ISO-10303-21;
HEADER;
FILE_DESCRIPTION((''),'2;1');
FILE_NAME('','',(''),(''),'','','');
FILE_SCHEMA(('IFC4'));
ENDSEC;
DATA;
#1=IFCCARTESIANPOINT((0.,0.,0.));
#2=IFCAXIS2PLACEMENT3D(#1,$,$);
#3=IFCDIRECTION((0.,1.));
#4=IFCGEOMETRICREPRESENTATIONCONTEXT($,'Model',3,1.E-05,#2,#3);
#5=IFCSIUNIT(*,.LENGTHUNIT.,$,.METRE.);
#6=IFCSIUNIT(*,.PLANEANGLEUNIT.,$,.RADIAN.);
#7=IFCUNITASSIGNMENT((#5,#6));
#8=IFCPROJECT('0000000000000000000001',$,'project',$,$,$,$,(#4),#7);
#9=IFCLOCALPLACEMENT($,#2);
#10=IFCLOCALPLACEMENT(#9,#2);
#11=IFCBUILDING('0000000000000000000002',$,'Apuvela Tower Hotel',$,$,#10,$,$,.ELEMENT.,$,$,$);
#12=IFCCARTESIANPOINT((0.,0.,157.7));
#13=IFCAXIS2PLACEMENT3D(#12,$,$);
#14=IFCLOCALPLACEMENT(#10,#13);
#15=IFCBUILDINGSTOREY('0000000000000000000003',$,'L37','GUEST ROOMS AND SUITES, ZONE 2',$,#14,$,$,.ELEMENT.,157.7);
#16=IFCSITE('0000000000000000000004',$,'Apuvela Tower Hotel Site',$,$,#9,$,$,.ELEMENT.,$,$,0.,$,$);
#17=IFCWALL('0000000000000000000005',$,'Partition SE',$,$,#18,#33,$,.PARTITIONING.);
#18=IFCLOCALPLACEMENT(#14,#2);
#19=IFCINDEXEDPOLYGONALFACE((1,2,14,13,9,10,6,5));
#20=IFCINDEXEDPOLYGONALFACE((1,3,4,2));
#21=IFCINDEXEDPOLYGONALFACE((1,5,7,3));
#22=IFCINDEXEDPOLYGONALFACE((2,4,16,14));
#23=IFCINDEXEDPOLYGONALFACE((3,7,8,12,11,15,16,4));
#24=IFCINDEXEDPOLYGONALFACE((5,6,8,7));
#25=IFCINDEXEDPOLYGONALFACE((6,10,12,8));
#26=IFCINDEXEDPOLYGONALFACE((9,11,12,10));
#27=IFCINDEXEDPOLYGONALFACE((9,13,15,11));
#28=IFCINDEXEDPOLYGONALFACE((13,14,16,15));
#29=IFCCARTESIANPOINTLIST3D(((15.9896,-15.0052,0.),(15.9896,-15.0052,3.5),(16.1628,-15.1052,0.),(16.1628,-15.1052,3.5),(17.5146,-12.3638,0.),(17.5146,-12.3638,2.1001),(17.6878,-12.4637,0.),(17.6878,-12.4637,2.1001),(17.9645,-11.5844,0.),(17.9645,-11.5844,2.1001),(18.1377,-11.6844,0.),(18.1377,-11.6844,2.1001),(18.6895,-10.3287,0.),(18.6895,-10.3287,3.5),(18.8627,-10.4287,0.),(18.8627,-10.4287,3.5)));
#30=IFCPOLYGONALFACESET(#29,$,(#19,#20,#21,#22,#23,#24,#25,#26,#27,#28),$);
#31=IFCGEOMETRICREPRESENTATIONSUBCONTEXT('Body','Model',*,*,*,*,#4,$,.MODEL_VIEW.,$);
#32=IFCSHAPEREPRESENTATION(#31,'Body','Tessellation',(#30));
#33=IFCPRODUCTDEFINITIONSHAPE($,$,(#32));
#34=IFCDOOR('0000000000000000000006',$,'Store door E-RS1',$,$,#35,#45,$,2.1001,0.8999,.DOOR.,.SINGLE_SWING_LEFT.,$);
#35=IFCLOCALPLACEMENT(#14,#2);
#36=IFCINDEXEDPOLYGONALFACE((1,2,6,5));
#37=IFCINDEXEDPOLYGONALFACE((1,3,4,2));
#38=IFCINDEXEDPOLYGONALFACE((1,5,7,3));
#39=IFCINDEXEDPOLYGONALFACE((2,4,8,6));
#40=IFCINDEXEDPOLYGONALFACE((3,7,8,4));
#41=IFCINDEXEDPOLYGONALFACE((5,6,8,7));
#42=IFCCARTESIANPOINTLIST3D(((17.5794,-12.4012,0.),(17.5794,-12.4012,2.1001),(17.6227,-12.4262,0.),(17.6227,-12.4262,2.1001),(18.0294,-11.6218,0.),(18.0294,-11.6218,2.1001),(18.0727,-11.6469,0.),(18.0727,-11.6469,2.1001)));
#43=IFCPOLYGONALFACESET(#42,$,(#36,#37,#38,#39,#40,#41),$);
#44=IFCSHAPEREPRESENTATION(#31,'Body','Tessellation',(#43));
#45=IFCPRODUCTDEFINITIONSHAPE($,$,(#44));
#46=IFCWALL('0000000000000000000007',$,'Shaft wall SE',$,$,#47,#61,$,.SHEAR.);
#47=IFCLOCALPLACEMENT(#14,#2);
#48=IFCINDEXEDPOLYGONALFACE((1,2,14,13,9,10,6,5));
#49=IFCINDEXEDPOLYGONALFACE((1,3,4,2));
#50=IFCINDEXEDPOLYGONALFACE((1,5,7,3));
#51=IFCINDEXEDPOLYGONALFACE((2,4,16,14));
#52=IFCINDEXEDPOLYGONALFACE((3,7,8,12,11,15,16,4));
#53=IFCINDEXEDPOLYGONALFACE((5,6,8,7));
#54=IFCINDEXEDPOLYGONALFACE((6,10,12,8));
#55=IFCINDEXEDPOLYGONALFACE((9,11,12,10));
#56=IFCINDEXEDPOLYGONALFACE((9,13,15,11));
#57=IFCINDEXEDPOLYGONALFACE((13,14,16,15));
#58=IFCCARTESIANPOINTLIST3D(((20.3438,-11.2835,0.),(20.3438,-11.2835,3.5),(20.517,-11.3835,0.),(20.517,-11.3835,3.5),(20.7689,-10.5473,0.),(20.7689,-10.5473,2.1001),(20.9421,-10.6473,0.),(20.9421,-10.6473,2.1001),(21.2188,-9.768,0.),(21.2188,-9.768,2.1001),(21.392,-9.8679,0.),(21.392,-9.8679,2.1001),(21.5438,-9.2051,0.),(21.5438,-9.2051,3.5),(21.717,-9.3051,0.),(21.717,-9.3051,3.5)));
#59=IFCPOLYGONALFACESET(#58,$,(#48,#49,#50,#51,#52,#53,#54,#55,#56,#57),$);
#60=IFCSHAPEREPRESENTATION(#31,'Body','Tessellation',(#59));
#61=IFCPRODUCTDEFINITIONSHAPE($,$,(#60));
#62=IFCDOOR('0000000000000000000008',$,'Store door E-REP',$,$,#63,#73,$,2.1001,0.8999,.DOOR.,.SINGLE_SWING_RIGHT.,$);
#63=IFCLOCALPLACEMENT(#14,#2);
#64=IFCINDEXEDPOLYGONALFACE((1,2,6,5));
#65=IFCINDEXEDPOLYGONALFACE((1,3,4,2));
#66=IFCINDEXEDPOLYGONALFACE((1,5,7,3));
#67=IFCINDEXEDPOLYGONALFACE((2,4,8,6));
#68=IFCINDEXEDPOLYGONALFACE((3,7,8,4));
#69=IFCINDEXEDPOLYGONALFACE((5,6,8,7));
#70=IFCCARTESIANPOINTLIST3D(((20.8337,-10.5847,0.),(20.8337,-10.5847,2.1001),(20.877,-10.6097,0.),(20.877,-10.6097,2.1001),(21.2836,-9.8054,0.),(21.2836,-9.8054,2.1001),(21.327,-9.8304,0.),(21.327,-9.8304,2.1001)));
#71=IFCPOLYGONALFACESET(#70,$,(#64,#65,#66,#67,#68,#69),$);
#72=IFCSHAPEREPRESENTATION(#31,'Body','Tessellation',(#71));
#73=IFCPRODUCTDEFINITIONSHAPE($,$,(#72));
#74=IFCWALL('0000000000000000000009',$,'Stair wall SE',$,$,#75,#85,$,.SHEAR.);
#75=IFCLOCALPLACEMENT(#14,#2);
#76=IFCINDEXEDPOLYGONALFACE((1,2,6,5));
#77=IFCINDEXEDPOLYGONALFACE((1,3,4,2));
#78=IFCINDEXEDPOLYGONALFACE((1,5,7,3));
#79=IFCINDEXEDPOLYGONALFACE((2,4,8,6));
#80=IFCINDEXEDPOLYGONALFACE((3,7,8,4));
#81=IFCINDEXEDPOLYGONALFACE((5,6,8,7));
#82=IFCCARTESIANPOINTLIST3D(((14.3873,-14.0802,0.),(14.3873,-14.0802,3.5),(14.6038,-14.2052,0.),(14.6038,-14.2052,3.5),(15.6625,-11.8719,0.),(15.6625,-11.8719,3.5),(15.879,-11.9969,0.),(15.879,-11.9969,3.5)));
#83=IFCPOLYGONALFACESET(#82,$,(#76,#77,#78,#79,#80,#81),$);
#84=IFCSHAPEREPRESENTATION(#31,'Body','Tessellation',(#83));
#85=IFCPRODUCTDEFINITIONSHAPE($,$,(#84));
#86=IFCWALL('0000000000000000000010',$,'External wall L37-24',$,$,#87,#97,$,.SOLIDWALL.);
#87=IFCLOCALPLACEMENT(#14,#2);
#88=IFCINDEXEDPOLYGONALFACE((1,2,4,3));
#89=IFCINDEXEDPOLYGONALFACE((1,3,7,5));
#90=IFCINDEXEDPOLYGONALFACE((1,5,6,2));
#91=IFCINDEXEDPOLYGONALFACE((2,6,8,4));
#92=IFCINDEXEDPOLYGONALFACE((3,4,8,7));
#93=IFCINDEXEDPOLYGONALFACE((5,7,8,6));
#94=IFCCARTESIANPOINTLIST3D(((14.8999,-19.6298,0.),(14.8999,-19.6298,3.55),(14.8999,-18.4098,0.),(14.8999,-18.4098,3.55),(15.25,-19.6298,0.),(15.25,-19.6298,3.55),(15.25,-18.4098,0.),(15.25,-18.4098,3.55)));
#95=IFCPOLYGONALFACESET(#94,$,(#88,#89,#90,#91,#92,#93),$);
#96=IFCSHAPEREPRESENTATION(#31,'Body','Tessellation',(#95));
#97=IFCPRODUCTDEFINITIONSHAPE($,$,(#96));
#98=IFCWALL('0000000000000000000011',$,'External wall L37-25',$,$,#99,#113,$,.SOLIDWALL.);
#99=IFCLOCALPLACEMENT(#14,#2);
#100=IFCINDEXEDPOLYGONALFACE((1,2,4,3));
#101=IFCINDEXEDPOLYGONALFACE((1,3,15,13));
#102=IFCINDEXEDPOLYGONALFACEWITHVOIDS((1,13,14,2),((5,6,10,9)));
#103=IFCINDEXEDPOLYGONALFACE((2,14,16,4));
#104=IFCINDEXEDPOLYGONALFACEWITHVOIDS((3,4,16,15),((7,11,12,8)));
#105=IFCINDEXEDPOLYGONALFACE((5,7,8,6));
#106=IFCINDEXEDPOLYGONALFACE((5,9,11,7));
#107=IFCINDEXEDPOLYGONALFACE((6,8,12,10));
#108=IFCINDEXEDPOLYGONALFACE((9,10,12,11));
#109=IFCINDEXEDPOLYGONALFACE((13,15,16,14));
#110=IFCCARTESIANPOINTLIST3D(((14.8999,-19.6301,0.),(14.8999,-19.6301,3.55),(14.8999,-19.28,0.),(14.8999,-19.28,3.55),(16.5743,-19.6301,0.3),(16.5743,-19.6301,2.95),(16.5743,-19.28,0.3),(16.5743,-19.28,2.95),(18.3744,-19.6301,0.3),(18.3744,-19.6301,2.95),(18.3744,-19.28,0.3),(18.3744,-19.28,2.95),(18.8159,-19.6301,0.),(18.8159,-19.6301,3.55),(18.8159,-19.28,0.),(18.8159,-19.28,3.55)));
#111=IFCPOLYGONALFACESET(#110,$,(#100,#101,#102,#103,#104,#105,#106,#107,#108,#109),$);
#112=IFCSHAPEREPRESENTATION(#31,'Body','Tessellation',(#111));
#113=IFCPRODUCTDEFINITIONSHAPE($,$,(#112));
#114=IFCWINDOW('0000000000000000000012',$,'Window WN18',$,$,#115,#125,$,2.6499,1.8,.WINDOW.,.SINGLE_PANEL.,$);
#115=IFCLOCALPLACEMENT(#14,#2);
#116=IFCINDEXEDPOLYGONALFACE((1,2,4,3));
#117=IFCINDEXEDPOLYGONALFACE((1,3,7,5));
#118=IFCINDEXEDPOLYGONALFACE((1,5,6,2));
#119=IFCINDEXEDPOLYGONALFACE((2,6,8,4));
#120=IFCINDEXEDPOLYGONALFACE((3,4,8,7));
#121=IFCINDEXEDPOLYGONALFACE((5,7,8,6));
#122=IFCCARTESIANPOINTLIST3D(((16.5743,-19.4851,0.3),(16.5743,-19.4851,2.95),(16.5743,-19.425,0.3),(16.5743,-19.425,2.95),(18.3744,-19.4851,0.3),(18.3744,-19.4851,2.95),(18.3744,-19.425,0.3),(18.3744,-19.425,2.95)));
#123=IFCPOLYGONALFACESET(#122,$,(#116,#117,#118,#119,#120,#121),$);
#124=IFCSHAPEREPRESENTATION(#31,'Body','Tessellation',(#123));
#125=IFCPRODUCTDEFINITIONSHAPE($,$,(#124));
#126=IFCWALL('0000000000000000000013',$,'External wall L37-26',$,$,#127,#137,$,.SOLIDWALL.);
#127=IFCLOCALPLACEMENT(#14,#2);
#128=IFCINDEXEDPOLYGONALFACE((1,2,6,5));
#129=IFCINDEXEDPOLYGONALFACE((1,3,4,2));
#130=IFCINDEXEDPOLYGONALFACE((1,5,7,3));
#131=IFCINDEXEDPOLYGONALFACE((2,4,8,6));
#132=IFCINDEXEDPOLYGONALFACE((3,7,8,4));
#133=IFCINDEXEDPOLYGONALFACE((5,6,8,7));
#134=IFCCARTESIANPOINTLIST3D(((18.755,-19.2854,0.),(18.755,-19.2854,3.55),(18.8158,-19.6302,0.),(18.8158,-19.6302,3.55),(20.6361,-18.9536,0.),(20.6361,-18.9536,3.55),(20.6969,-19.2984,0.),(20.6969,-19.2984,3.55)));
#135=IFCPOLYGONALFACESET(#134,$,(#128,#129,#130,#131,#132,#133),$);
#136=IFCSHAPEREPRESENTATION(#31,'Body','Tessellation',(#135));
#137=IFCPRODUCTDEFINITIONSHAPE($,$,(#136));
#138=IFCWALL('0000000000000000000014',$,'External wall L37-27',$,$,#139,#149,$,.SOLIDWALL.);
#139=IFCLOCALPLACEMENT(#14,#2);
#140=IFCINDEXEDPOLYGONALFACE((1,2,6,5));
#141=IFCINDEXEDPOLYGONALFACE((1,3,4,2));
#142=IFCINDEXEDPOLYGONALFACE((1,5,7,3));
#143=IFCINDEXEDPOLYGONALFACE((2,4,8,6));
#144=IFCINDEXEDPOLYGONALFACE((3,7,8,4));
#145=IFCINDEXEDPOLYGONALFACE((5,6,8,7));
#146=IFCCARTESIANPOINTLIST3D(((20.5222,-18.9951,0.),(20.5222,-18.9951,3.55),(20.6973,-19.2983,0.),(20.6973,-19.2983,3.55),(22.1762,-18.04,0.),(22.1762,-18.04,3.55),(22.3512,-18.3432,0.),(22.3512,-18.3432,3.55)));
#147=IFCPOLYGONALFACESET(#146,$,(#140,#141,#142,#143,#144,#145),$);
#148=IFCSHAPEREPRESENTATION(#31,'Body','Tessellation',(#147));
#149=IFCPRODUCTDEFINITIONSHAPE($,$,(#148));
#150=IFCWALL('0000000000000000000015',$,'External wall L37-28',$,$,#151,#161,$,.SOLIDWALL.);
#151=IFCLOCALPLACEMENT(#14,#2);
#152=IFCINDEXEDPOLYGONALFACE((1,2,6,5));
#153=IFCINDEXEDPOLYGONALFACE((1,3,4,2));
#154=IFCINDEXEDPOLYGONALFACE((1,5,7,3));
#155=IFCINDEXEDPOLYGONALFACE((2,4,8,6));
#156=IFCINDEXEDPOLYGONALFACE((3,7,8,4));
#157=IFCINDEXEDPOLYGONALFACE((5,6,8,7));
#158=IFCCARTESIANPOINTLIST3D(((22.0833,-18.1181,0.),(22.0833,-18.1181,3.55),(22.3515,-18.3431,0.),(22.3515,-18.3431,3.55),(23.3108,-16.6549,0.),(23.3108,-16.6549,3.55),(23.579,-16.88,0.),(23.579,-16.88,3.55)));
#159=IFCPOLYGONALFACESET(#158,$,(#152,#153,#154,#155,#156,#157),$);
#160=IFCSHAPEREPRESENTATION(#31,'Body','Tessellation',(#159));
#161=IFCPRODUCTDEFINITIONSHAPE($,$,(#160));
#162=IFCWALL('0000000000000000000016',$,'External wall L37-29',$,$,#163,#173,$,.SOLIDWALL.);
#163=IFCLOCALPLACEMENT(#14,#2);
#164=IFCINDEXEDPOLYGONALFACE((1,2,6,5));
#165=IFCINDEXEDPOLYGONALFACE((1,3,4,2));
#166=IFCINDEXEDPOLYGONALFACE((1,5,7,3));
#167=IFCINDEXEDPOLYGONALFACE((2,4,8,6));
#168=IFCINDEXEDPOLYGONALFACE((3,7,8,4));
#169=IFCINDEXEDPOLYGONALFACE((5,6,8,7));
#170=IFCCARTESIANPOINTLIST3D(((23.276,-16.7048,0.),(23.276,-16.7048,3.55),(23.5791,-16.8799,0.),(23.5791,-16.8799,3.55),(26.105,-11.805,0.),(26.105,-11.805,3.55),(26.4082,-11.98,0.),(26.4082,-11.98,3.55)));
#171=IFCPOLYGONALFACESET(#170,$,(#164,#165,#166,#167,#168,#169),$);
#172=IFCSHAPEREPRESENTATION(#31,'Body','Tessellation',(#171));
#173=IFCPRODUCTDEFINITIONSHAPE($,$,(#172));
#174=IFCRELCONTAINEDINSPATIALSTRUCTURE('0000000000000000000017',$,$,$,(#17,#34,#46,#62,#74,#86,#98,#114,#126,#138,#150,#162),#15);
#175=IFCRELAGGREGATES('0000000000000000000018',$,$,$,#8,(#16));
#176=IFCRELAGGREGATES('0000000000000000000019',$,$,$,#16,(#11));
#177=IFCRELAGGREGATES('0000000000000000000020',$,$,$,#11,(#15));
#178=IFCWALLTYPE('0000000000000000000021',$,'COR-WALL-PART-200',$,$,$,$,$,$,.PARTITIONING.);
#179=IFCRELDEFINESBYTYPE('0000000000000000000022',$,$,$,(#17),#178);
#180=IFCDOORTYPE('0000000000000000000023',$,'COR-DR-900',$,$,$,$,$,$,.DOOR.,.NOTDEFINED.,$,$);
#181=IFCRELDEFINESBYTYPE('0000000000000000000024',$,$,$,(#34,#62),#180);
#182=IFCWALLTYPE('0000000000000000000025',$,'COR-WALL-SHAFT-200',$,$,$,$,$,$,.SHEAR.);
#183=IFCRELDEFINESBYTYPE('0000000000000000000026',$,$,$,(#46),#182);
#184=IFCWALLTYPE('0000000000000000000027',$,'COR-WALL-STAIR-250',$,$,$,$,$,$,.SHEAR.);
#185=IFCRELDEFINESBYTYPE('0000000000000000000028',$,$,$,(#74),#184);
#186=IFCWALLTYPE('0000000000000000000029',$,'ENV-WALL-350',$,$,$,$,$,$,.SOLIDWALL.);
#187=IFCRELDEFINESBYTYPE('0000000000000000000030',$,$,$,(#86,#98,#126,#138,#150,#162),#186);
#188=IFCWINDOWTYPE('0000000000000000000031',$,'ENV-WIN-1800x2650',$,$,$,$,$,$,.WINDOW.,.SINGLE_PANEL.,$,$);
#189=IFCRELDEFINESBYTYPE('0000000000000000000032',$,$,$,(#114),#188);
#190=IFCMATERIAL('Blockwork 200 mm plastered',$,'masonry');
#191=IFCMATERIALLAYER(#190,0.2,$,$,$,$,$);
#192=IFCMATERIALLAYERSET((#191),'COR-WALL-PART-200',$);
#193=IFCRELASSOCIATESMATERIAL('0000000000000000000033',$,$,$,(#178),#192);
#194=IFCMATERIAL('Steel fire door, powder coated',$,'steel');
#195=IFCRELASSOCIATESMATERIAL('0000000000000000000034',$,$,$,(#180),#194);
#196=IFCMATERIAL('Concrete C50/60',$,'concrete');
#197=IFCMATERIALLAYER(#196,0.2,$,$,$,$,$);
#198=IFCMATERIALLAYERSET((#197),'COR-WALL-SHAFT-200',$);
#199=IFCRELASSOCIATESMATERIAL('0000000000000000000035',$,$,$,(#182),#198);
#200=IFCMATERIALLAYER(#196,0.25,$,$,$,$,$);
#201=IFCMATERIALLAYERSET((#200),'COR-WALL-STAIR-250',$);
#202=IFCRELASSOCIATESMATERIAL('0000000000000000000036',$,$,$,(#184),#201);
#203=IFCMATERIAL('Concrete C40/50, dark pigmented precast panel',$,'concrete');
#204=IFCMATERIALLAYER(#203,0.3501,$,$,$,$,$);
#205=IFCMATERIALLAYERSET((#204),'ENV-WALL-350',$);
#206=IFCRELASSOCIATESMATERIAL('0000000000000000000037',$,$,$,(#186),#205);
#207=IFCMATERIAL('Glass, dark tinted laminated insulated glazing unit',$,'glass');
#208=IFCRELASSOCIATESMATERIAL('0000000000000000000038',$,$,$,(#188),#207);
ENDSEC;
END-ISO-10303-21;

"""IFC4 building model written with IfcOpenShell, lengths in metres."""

from ifc_helpers import new_model, si_unit, direction, frame, frame_2d, origin, place, context, subcontext, project, spatial, rectangle, extrude, material, layer, layer_set, type_object, element, fill, save


model = new_model("IFC4")

# Units and contexts
model_context = context("Model", 3, precision=1e-05, world=origin(), true_north=direction((0.0, 1.0)))
body_context = subcontext(model_context, "Body", "Model", "MODEL_VIEW")
ifc_project = project(units=[si_unit("LENGTHUNIT", "METRE"), si_unit("PLANEANGLEUNIT", "RADIAN")], contexts=[model_context])

# Site, building, storey
site_placement = place(None, origin())
site = spatial("IfcSite", under=ifc_project, at=site_placement, Name="Apuvela Tower Hotel Site", CompositionType="ELEMENT", RefElevation=0.0)
building_placement = place(site_placement, origin())
building = spatial("IfcBuilding", under=site, at=building_placement, Name="Apuvela Tower Hotel", CompositionType="ELEMENT")
storey_placement = place(building_placement, frame((0.0, 0.0, 157.7)))
storey = spatial("IfcBuildingStorey", under=building, at=storey_placement, Name="L37", Description="GUEST ROOMS AND SUITES, ZONE 2", CompositionType="ELEMENT", Elevation=157.7)

# Walls, openings, doors
ifc_material_1 = material(Name="Blockwork 200 mm plastered", Category="masonry")
ifc_layer_1 = layer(ifc_material_1, 0.2)
ifc_layer_set_1 = layer_set([ifc_layer_1], Name="COR-WALL-PART-200")
wall_type_1 = type_object("IfcWallType", Name="COR-WALL-PART-200", PredefinedType="PARTITIONING", material=ifc_layer_set_1)
wall_1_placement = place(storey_placement, frame((16.0762, -15.0552, 0.0), z_axis=(0.0, 0.0, 1.0), x_axis=(0.499995, 0.866028, 0.0)))
wall_1 = element("IfcWall", 1, at=wall_1_placement, inside=storey, type_object=wall_type_1, Name="Partition SE", PredefinedType="PARTITIONING", context=body_context, shape_type="SweptSolid", body=[
    extrude(rectangle(XDim=5.3999, YDim=0.2, at=frame_2d((2.7, 0.0))), origin(), (0.0, 0.0, 1.0), 3.5),
])
opening_1_placement = place(wall_1_placement, frame((3.05, 0.0, 0.0)))
opening_1 = element("IfcOpeningElement", 2, at=opening_1_placement, cuts=wall_1, PredefinedType="OPENING", context=body_context, shape_type="SweptSolid", body=[
    extrude(rectangle(XDim=0.8999, YDim=2.1001, at=frame_2d((0.45, 1.05))), frame((0.0, 0.1099, 0.0), z_axis=(0.0, -1.0, 0.0), x_axis=(1.0, 0.0, 0.0)), (0.0, 0.0, 1.0), 0.22),
])
ifc_material_2 = material(Name="Steel fire door, powder coated", Category="steel")
door_type_1 = type_object("IfcDoorType", Name="COR-DR-900", OperationType="NOTDEFINED", PredefinedType="DOOR", material=ifc_material_2)
door_1_placement = place(opening_1_placement, frame((0.8999, 0.0, 0.0), z_axis=(0.0, 0.0, 1.0), x_axis=(-1.0, 0.0, 0.0)))
door_1 = element("IfcDoor", 3, at=door_1_placement, inside=storey, type_object=door_type_1, Name="Store door E-RS1", OperationType="SINGLE_SWING_LEFT", OverallHeight=2.1001, OverallWidth=0.8999, PredefinedType="DOOR", context=body_context, shape_type="SweptSolid", body=[
    extrude(rectangle(XDim=0.8999, YDim=2.1001, at=frame_2d((0.45, 1.05))), frame((0.0, 0.0249, 0.0), z_axis=(0.0, -1.0, 0.0), x_axis=(1.0, 0.0, 0.0)), (0.0, 0.0, 1.0), 0.05),
])
fill(opening_1, door_1)
ifc_material_3 = material(Name="Concrete C50/60", Category="concrete")
ifc_layer_2 = layer(ifc_material_3, 0.2)
ifc_layer_set_2 = layer_set([ifc_layer_2], Name="COR-WALL-SHAFT-200")
wall_type_2 = type_object("IfcWallType", Name="COR-WALL-SHAFT-200", PredefinedType="SHEAR", material=ifc_layer_set_2)
wall_2_placement = place(storey_placement, frame((20.4304, -11.3335, 0.0), z_axis=(0.0, 0.0, 1.0), x_axis=(0.500001, 0.866025, 0.0)))
wall_2 = element("IfcWall", 4, at=wall_2_placement, inside=storey, type_object=wall_type_2, Name="Shaft wall SE", PredefinedType="SHEAR", context=body_context, shape_type="SweptSolid", body=[
    extrude(rectangle(XDim=2.3999, YDim=0.2, at=frame_2d((1.2, 0.0))), origin(), (0.0, 0.0, 1.0), 3.5),
])
opening_2_placement = place(wall_2_placement, frame((0.8501, 0.0, 0.0)))
opening_2 = element("IfcOpeningElement", 5, at=opening_2_placement, cuts=wall_2, PredefinedType="OPENING", context=body_context, shape_type="SweptSolid", body=[
    extrude(rectangle(XDim=0.8999, YDim=2.1001, at=frame_2d((0.45, 1.05))), frame((0.0, 0.1099, 0.0), z_axis=(0.0, -1.0, 0.0), x_axis=(1.0, 0.0, 0.0)), (0.0, 0.0, 1.0), 0.22),
])
door_2_placement = place(opening_2_placement, frame((0.8999, 0.0, 0.0), z_axis=(0.0, 0.0, 1.0), x_axis=(-1.0, 0.0, 0.0)))
door_2 = element("IfcDoor", 6, at=door_2_placement, inside=storey, type_object=door_type_1, Name="Store door E-REP", OperationType="SINGLE_SWING_RIGHT", OverallHeight=2.1001, OverallWidth=0.8999, PredefinedType="DOOR", context=body_context, shape_type="SweptSolid", body=[
    extrude(rectangle(XDim=0.8999, YDim=2.1001, at=frame_2d((0.45, 1.05))), frame((0.0, 0.0249, 0.0), z_axis=(0.0, -1.0, 0.0), x_axis=(1.0, 0.0, 0.0)), (0.0, 0.0, 1.0), 0.05),
])
fill(opening_2, door_2)

# Walls
ifc_layer_3 = layer(ifc_material_3, 0.25)
ifc_layer_set_3 = layer_set([ifc_layer_3], Name="COR-WALL-STAIR-250")
wall_type_3 = type_object("IfcWallType", Name="COR-WALL-STAIR-250", PredefinedType="SHEAR", material=ifc_layer_set_3)
wall_3_placement = place(storey_placement, frame((14.4956, -14.1426, 0.0), z_axis=(0.0, 0.0, 1.0), x_axis=(0.500062, 0.865989, 0.0)))
element("IfcWall", 7, at=wall_3_placement, inside=storey, type_object=wall_type_3, Name="Stair wall SE", PredefinedType="SHEAR", context=body_context, shape_type="SweptSolid", body=[
    extrude(rectangle(XDim=2.55, YDim=0.25, at=frame_2d((1.2749, 0.0))), origin(), (0.0, 0.0, 1.0), 3.5),
])
ifc_material_4 = material(Name="Concrete C40/50, dark pigmented precast panel", Category="concrete")
ifc_layer_4 = layer(ifc_material_4, 0.3501)
ifc_layer_set_4 = layer_set([ifc_layer_4], Name="ENV-WALL-350")
wall_type_4 = type_object("IfcWallType", Name="ENV-WALL-350", PredefinedType="SOLIDWALL", material=ifc_layer_set_4)
wall_4_placement = place(storey_placement, frame((15.075, -18.4099, 0.0), z_axis=(0.0, 0.0, 1.0), x_axis=(0.0, -1.0, 0.0)))
element("IfcWall", 8, at=wall_4_placement, inside=storey, type_object=wall_type_4, Name="External wall L37-24", PredefinedType="SOLIDWALL", context=body_context, shape_type="SweptSolid", body=[
    extrude(rectangle(XDim=1.22, YDim=0.3501, at=frame_2d((0.6099, 0.0))), origin(), (0.0, 0.0, 1.0), 3.55),
])

# Wall, opening, window
wall_5_placement = place(storey_placement, frame((14.8999, -19.4551, 0.0), z_axis=(0.0, 0.0, 1.0), x_axis=(1.0, 0.0, 0.0)))
wall_5 = element("IfcWall", 9, at=wall_5_placement, inside=storey, type_object=wall_type_4, Name="External wall L37-25", PredefinedType="SOLIDWALL", context=body_context, shape_type="SweptSolid", body=[
    extrude(rectangle(XDim=3.916, YDim=0.3501, at=frame_2d((1.958, 0.0))), origin(), (0.0, 0.0, 1.0), 3.55),
])
opening_3_placement = place(wall_5_placement, frame((1.6746, 0.0, 0.3)))
opening_3 = element("IfcOpeningElement", 10, at=opening_3_placement, cuts=wall_5, PredefinedType="OPENING", context=body_context, shape_type="SweptSolid", body=[
    extrude(rectangle(XDim=1.8, YDim=2.6499, at=frame_2d((0.8999, 1.325))), frame((0.0, 0.1851, 0.0), z_axis=(0.0, -1.0, 0.0), x_axis=(1.0, 0.0, 0.0)), (0.0, 0.0, 1.0), 0.3701),
])
ifc_material_5 = material(Name="Glass, dark tinted laminated insulated glazing unit", Category="glass")
window_type = type_object("IfcWindowType", Name="ENV-WIN-1800x2650", PartitioningType="SINGLE_PANEL", PredefinedType="WINDOW", material=ifc_material_5)
window_placement = place(opening_3_placement, origin())
window = element("IfcWindow", 11, at=window_placement, inside=storey, type_object=window_type, Name="Window WN18", OverallHeight=2.6499, OverallWidth=1.8, PartitioningType="SINGLE_PANEL", PredefinedType="WINDOW", context=body_context, shape_type="SweptSolid", body=[
    extrude(rectangle(XDim=1.8, YDim=2.6499, at=frame_2d((0.8999, 1.325))), frame((0.0, 0.03, 0.0), z_axis=(0.0, -1.0, 0.0), x_axis=(1.0, 0.0, 0.0)), (0.0, 0.0, 1.0), 0.0601),
])
fill(opening_3, window)

# Walls
wall_6_placement = place(storey_placement, frame((18.7854, -19.4578, 0.0), z_axis=(0.0, 0.0, 1.0), x_axis=(0.984799, 0.173698, 0.0)))
element("IfcWall", 12, at=wall_6_placement, inside=storey, type_object=wall_type_4, Name="External wall L37-26", PredefinedType="SOLIDWALL", context=body_context, shape_type="SweptSolid", body=[
    extrude(rectangle(XDim=1.9102, YDim=0.3501, at=frame_2d((0.9551, 0.0))), origin(), (0.0, 0.0, 1.0), 3.55),
])
for number, where, z_axis, x_axis, name in (
    (13, (20.6096, -19.1467, 0.0), (0.0, 0.0, 1.0), (0.866, 0.500043, 0.0), "External wall L37-27"),
    (14, (22.2173, -18.2307, 0.0), (0.0, 0.0, 1.0), (0.642733, 0.76609, 0.0), "External wall L37-28"),
):
    element("IfcWall", number, at=place(storey_placement, frame(where, z_axis=z_axis, x_axis=x_axis)), inside=storey, type_object=wall_type_4, Name=name, PredefinedType="SOLIDWALL", context=body_context, shape_type="SweptSolid", body=[
        extrude(rectangle(XDim=1.9099, YDim=0.3501, at=frame_2d((0.9551, 0.0))), origin(), (0.0, 0.0, 1.0), 3.55),
    ])
wall_7_placement = place(storey_placement, frame((23.4275, -16.7925, 0.0), z_axis=(0.0, 0.0, 1.0), x_axis=(0.500019, 0.866015, 0.0)))
element("IfcWall", 15, at=wall_7_placement, inside=storey, type_object=wall_type_4, Name="External wall L37-29", PredefinedType="SOLIDWALL", context=body_context, shape_type="SweptSolid", body=[
    extrude(rectangle(XDim=5.658, YDim=0.3501, at=frame_2d((2.8291, 0.0))), origin(), (0.0, 0.0, 1.0), 3.55),
])

save(model, "model.ifc")
